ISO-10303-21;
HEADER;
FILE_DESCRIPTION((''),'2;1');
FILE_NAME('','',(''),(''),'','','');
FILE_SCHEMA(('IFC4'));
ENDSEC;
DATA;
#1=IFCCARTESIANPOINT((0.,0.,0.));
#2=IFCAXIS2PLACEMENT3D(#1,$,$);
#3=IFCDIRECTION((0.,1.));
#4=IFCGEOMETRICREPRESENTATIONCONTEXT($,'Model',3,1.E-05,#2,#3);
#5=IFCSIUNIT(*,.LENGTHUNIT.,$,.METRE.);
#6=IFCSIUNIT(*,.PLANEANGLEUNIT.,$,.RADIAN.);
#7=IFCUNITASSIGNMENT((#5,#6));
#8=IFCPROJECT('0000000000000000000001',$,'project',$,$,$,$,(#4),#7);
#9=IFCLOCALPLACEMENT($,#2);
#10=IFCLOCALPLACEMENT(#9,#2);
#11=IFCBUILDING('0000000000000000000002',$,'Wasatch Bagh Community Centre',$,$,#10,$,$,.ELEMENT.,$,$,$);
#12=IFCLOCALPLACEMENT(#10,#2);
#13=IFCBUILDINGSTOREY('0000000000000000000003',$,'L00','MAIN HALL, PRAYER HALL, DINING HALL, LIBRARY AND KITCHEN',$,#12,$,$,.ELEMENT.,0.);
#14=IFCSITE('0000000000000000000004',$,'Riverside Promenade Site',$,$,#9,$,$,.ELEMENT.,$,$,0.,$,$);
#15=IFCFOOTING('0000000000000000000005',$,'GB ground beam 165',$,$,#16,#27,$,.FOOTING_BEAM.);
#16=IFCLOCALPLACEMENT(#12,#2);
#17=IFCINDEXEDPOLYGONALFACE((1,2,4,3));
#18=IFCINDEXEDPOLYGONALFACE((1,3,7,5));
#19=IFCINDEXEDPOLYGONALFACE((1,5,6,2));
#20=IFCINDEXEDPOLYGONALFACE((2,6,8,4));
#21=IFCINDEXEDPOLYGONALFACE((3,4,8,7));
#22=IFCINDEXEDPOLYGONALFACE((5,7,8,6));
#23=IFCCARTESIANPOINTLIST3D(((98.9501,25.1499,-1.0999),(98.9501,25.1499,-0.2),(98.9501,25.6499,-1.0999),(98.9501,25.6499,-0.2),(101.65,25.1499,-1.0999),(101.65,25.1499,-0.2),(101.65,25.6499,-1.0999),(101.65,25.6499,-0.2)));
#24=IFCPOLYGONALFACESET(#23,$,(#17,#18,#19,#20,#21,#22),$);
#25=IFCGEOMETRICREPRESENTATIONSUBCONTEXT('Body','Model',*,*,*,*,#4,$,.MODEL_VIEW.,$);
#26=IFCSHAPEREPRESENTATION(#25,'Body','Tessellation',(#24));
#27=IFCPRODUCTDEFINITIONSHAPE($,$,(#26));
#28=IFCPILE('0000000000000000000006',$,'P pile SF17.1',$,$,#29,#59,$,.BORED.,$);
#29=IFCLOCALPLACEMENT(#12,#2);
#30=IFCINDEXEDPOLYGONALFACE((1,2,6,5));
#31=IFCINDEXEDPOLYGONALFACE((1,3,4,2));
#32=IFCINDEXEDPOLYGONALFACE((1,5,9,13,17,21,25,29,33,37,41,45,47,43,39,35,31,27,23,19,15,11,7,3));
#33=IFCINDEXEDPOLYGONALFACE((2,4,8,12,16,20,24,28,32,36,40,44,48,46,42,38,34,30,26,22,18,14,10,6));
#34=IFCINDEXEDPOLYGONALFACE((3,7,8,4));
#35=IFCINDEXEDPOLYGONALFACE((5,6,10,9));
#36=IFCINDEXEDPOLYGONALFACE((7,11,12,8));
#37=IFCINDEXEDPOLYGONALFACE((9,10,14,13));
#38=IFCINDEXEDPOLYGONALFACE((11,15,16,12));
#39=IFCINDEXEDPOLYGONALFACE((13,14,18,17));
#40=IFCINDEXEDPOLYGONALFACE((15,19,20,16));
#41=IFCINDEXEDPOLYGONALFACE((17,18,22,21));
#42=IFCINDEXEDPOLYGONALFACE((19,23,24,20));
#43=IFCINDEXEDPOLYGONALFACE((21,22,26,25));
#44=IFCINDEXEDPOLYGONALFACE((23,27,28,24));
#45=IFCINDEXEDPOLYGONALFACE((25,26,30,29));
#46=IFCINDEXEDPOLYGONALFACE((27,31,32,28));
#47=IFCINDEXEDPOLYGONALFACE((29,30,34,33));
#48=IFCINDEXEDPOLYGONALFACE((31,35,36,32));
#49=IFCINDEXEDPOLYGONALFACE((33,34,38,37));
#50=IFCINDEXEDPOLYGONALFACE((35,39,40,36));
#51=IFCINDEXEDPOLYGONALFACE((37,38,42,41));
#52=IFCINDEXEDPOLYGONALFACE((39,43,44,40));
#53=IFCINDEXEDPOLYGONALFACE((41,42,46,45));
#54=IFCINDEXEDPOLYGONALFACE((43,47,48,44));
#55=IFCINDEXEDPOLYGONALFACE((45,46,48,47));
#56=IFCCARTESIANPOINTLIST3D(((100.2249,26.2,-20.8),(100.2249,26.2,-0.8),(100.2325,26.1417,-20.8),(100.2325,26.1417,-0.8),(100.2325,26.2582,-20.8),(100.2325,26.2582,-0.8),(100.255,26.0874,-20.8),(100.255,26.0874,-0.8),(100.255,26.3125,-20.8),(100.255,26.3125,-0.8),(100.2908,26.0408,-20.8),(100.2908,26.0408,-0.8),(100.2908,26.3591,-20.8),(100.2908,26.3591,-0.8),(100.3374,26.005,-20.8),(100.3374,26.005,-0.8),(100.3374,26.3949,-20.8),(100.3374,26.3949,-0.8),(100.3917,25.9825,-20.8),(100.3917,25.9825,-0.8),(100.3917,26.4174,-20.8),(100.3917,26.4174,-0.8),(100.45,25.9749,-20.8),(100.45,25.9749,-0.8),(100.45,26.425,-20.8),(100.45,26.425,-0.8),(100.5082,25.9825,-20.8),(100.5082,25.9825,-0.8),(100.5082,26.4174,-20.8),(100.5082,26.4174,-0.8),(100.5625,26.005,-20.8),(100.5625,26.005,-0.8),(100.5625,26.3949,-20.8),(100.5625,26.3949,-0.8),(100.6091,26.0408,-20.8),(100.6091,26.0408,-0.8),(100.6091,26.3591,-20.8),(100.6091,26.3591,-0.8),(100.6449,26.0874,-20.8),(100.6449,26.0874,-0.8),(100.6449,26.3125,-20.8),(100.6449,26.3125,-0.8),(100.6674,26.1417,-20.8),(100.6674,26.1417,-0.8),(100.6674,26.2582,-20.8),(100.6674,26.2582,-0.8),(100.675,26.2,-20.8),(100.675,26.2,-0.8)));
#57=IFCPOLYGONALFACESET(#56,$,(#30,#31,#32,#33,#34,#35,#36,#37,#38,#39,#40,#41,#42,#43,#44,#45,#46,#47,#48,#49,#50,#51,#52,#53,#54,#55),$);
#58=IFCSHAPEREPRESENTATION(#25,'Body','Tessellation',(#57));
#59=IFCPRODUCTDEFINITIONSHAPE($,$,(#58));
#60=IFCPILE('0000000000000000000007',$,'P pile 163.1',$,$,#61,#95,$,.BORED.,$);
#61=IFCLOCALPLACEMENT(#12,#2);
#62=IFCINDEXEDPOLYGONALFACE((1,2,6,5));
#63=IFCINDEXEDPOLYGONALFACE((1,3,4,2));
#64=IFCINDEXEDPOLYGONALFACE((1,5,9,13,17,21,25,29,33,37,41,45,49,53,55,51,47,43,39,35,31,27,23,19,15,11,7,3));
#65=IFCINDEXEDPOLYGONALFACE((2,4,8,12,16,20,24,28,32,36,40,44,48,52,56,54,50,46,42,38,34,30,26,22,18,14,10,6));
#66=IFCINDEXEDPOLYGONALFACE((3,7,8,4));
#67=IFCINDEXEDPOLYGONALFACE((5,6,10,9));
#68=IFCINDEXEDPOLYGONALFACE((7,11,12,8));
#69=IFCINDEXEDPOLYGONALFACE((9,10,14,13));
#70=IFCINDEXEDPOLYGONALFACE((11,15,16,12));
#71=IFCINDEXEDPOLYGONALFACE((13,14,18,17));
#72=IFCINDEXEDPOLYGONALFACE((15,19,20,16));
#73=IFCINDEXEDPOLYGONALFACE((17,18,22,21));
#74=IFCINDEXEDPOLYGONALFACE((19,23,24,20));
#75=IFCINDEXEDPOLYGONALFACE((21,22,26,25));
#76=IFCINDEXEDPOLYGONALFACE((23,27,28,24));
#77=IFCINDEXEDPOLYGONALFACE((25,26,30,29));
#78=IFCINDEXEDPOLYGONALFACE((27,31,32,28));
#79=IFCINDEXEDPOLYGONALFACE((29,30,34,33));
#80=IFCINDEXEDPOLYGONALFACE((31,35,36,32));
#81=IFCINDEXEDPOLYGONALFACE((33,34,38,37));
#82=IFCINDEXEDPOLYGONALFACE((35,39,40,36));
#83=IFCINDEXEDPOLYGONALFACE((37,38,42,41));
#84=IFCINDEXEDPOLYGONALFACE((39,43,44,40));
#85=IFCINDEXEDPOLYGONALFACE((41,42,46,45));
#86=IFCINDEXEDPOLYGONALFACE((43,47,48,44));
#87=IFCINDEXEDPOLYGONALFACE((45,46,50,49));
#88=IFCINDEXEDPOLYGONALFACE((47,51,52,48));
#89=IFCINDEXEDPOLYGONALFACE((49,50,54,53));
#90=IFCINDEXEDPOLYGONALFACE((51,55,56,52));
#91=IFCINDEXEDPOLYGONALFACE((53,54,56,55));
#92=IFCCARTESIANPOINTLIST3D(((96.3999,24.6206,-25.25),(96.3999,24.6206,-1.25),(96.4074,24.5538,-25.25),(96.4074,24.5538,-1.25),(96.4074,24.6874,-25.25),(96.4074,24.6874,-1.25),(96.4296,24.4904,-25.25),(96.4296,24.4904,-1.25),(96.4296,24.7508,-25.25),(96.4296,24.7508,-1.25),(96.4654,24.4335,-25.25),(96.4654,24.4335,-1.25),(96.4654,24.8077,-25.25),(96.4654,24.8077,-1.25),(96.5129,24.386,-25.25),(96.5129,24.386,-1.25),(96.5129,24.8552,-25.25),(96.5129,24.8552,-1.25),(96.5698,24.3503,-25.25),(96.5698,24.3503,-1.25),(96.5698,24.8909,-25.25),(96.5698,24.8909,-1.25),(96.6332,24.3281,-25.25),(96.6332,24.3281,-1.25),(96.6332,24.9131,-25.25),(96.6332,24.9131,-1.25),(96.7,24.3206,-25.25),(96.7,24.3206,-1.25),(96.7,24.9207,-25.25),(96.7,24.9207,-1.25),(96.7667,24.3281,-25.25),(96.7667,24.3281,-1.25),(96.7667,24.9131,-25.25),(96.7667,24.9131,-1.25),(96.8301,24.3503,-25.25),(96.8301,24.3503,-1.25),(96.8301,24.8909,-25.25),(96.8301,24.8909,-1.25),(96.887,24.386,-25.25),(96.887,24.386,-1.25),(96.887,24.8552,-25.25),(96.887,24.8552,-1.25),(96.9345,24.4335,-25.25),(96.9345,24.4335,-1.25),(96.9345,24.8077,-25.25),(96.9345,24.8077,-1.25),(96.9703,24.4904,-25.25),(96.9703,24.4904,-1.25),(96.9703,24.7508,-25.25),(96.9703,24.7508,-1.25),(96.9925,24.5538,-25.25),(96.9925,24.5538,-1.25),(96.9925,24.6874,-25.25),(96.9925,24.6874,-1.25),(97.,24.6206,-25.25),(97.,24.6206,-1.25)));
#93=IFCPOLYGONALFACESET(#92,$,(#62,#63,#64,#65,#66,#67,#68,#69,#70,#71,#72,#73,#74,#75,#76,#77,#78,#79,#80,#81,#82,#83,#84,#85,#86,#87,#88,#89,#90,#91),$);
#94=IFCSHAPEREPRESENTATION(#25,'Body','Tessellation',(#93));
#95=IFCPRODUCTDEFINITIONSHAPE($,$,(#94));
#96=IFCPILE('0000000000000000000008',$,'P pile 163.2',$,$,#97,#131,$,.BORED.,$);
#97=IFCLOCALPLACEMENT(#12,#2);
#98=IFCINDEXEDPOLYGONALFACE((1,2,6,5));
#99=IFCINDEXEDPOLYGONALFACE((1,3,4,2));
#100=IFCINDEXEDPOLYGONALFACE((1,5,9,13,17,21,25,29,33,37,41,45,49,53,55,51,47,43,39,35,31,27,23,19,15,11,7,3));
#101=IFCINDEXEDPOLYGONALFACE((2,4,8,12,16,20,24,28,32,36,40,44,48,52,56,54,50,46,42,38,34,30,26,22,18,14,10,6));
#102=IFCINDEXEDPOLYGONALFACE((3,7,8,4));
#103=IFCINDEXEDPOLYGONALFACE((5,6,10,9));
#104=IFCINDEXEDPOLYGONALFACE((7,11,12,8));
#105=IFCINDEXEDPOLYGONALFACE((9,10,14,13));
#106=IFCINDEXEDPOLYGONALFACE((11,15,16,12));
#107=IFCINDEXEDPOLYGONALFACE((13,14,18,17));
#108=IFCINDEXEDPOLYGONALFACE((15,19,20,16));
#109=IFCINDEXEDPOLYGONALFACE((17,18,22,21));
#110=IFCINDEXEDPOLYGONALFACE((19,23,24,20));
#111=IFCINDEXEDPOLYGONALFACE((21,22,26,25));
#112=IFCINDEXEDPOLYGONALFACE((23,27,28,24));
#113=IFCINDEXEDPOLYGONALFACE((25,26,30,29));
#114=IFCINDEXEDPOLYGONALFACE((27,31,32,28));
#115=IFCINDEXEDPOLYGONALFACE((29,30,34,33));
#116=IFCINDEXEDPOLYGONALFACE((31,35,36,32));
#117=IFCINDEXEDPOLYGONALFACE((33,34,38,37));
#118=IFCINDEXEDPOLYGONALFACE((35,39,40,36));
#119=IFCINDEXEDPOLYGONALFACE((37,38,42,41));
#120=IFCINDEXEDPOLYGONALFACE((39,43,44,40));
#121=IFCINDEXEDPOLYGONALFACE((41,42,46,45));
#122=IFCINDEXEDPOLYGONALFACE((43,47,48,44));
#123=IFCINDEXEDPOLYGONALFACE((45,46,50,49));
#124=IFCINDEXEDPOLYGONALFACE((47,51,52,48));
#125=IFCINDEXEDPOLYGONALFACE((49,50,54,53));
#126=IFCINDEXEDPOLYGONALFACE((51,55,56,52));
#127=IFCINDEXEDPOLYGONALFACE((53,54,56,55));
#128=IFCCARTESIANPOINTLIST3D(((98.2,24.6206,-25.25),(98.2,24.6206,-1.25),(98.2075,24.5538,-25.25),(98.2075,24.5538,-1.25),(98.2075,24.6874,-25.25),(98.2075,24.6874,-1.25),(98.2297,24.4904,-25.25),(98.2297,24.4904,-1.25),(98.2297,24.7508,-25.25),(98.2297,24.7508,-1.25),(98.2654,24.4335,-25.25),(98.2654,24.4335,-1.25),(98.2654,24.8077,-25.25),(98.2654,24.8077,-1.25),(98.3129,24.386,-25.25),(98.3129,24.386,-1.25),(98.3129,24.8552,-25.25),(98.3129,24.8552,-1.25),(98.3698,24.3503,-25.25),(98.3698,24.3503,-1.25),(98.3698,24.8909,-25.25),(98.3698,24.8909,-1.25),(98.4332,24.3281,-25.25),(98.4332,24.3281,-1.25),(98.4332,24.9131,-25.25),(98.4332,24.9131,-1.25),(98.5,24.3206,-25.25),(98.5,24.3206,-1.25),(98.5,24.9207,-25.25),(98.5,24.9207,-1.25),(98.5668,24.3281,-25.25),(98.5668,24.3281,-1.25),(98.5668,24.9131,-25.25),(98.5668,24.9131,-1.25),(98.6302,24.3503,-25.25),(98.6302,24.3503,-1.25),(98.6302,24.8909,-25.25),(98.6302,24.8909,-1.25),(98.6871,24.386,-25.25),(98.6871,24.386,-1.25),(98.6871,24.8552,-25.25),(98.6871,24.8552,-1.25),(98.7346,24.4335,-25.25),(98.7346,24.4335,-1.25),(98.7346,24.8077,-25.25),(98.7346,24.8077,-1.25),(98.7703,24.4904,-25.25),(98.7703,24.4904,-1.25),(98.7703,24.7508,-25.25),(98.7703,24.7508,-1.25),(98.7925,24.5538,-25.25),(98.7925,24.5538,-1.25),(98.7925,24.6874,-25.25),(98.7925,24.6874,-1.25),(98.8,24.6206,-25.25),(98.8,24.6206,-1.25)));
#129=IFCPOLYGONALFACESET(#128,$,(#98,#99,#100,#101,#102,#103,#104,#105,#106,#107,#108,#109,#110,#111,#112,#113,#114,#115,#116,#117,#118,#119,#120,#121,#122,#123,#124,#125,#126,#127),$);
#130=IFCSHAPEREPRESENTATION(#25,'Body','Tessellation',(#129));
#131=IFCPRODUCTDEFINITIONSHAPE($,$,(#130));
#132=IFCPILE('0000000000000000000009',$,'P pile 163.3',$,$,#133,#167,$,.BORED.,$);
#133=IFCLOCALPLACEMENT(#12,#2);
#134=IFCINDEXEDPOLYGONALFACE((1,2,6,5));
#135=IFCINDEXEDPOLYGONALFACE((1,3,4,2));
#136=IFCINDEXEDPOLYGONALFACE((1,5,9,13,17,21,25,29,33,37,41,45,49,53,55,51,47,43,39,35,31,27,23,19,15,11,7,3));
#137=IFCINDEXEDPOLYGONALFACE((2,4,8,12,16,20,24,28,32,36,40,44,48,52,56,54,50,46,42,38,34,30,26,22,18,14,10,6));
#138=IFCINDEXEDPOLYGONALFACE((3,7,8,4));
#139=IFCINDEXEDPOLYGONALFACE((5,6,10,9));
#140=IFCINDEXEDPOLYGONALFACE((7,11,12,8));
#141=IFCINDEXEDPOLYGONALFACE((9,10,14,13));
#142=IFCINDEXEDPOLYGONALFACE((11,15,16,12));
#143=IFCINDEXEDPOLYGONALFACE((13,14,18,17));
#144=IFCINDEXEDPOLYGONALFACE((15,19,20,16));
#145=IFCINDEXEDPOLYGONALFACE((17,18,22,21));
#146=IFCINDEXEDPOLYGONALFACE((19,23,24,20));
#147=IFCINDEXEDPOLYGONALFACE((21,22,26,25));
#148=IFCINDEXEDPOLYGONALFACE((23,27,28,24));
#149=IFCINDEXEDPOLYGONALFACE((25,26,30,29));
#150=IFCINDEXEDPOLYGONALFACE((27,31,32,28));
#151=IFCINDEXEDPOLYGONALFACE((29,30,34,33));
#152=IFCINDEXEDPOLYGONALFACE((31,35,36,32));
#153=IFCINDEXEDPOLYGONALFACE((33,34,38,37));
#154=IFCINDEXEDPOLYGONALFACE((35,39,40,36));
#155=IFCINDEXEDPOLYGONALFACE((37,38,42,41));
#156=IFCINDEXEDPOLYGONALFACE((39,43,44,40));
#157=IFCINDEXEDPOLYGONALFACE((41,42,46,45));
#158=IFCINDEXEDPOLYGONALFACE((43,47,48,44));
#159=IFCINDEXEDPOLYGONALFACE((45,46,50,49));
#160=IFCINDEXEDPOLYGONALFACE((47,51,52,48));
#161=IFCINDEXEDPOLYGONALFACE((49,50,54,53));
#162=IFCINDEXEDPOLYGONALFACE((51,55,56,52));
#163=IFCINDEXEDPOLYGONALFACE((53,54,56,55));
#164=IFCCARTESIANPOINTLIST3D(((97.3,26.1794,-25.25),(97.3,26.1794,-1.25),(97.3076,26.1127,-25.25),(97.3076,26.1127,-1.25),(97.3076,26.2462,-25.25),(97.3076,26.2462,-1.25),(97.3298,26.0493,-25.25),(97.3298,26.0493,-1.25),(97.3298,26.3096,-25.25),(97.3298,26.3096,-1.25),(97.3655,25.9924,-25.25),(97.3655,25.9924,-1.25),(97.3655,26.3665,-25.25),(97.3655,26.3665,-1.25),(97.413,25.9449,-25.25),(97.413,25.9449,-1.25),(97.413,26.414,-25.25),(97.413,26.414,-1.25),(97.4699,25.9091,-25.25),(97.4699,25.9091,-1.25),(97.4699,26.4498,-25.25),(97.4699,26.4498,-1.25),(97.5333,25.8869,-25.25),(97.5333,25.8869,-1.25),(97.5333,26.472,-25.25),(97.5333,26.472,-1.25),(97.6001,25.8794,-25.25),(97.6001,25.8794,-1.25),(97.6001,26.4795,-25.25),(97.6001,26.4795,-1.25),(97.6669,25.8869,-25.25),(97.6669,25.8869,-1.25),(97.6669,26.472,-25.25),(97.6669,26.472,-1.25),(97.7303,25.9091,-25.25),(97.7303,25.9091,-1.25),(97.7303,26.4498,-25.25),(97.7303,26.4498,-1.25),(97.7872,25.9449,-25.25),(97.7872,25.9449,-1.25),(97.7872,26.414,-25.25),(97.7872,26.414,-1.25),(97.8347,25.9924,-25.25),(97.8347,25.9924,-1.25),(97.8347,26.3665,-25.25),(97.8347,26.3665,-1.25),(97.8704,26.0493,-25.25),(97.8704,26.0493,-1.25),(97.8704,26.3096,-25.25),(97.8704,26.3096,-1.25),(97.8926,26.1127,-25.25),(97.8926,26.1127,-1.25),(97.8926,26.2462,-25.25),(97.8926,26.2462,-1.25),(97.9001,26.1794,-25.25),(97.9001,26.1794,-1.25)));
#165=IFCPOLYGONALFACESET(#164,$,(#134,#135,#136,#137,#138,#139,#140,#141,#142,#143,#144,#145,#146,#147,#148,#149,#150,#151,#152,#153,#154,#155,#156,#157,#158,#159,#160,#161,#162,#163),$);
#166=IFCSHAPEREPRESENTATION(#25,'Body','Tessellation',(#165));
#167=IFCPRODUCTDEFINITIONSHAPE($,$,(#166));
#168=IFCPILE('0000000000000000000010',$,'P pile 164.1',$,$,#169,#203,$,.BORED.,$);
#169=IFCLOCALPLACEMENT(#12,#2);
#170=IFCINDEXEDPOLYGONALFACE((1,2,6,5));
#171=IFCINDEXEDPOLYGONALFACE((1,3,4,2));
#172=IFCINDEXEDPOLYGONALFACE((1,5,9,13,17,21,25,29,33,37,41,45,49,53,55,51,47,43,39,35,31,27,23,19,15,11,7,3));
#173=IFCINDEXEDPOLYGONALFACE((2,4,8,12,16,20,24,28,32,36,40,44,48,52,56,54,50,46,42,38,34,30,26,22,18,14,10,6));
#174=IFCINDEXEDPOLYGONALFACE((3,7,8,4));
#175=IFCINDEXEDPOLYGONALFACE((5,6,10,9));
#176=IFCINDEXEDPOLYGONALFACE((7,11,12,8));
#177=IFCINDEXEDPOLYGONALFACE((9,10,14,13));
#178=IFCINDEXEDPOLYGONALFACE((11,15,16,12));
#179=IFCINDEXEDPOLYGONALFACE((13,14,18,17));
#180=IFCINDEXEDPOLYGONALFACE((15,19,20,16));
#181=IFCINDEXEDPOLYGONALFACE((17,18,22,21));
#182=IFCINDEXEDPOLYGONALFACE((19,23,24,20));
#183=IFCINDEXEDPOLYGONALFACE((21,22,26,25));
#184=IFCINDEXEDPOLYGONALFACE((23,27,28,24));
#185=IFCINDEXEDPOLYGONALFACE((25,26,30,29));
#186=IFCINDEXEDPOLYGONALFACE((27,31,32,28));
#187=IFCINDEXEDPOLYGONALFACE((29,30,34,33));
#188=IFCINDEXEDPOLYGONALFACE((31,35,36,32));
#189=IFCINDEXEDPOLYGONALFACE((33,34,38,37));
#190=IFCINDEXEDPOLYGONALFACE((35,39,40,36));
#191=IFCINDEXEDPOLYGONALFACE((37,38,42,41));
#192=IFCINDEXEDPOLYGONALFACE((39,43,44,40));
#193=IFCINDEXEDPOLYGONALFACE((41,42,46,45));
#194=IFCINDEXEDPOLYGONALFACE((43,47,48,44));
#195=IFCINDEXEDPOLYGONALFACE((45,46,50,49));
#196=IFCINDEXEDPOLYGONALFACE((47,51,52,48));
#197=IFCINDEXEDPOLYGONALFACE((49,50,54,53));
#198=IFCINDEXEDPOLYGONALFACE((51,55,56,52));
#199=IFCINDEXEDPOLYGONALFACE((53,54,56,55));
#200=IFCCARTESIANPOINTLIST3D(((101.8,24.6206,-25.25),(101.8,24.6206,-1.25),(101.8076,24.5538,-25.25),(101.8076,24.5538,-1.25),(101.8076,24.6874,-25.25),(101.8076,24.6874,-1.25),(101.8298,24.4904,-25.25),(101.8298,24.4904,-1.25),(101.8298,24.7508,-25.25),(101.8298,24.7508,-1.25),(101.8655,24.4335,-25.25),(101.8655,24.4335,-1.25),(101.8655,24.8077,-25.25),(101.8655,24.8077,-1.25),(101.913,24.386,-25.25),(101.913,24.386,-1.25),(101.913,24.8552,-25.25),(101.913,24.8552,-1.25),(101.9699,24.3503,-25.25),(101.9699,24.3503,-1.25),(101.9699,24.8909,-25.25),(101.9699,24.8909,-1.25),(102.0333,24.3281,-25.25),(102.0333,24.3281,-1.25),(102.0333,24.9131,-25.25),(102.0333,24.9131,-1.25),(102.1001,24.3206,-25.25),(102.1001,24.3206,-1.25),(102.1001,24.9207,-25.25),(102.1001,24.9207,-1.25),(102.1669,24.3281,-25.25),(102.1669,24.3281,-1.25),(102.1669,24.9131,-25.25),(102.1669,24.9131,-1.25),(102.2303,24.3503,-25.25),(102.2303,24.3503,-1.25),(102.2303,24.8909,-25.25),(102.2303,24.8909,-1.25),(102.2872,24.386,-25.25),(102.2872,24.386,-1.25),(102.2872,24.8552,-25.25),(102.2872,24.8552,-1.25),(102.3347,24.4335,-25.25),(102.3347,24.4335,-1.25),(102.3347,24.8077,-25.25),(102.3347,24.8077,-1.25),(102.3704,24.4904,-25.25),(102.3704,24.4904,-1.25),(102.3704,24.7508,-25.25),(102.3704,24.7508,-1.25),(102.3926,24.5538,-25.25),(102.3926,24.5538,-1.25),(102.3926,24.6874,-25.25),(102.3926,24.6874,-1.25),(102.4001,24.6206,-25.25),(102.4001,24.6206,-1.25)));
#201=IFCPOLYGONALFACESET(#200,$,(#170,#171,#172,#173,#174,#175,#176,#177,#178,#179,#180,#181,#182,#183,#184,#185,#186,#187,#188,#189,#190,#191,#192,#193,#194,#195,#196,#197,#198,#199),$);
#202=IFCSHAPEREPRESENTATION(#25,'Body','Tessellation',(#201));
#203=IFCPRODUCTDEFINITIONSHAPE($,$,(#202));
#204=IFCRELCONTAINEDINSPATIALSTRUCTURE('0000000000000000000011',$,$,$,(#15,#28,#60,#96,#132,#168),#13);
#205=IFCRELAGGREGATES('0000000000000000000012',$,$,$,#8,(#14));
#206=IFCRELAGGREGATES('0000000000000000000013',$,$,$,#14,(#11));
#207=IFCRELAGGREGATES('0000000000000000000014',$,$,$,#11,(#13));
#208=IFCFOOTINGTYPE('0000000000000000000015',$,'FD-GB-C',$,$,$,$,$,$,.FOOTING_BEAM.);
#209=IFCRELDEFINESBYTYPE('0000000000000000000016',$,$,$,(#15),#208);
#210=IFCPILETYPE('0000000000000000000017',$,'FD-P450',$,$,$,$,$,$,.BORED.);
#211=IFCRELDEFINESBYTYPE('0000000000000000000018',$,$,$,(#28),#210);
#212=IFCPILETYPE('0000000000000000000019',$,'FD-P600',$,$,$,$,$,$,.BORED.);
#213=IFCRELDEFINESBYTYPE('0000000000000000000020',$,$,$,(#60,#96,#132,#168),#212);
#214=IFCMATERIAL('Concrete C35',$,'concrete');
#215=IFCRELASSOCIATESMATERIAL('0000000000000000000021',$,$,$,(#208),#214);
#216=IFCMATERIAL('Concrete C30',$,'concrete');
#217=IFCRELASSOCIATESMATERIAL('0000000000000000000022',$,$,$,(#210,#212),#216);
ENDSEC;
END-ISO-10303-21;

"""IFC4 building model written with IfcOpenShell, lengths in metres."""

from ifc_helpers import new_model, si_unit, direction, frame, origin, origin_2d, place, context, subcontext, project, spatial, rectangle, circle, extrude, material, material_profile, profile_set, type_object, element, save


model = new_model("IFC4")

# Units and contexts
model_context = context("Model", 3, precision=1e-05, world=origin(), true_north=direction((0.0, 1.0)))
body_context = subcontext(model_context, "Body", "Model", "MODEL_VIEW")
ifc_project = project(units=[si_unit("LENGTHUNIT", "METRE"), si_unit("PLANEANGLEUNIT", "RADIAN")], contexts=[model_context])

# Site, building, storey
site_placement = place(None, origin())
site = spatial("IfcSite", under=ifc_project, at=site_placement, Name="Riverside Promenade Site", CompositionType="ELEMENT", RefElevation=0.0)
building_placement = place(site_placement, origin())
building = spatial("IfcBuilding", under=site, at=building_placement, Name="Wasatch Bagh Community Centre", CompositionType="ELEMENT")
storey_placement = place(building_placement, origin())
storey = spatial("IfcBuildingStorey", under=building, at=storey_placement, Name="L00", Description="MAIN HALL, PRAYER HALL, DINING HALL, LIBRARY AND KITCHEN", CompositionType="ELEMENT", Elevation=0.0)

# Footing
ifc_material_1 = material(Name="Concrete C35", Category="concrete")
footing_type_1 = type_object("IfcFootingType", Name="FD-GB-C", PredefinedType="FOOTING_BEAM", material=ifc_material_1)
footing_1_placement = place(storey_placement, frame((100.3, 25.3999, -1.0999), z_axis=(0.0, 0.0, 1.0), x_axis=(-1.0, 0.0, 0.0)))
element("IfcFooting", 1, at=footing_1_placement, inside=storey, type_object=footing_type_1, Name="GB ground beam 165", PredefinedType="FOOTING_BEAM", context=body_context, shape_type="SweptSolid", body=[
    extrude(rectangle(XDim=2.7, YDim=0.5, at=origin_2d()), origin(), (0.0, 0.0, 1.0), 0.8999),
])

# Piles
ifc_material_2 = material(Name="Concrete C30", Category="concrete")
ifc_material_profile_1 = material_profile(ifc_material_2, circle(Radius=0.2251, at=origin_2d()), Name="RC D450")
ifc_profile_set_1 = profile_set([ifc_material_profile_1], Name="Concrete C30")
pile_type_1 = type_object("IfcPileType", Name="FD-P450", PredefinedType="BORED", material=ifc_profile_set_1)
pile_placement = place(storey_placement, frame((100.45, 26.2, -0.8), z_axis=(0.0, 0.0, -1.0), x_axis=(1.0, 0.0, 0.0)))
element("IfcPile", 2, at=pile_placement, inside=storey, type_object=pile_type_1, Name="P pile SF17.1", PredefinedType="BORED", context=body_context, shape_type="SweptSolid", body=[
    extrude(circle(Radius=0.2251, at=origin_2d()), origin(), (0.0, 0.0, 1.0), 20.0),
])
ifc_material_profile_2 = material_profile(ifc_material_2, circle(Radius=0.3, at=origin_2d()), Name="RC D600")
ifc_profile_set_2 = profile_set([ifc_material_profile_2], Name="Concrete C30")
pile_type_2 = type_object("IfcPileType", Name="FD-P600", PredefinedType="BORED", material=ifc_profile_set_2)
for number, where, z_axis, x_axis, name in (
    (3, (96.7, 24.6206, -1.25), (0.0, 0.0, -1.0), (1.0, 0.0, 0.0), "P pile 163.1"),
    (4, (98.5, 24.6206, -1.25), (0.0, 0.0, -1.0), (1.0, 0.0, 0.0), "P pile 163.2"),
    (5, (97.6001, 26.1794, -1.25), (0.0, 0.0, -1.0), (1.0, 0.0, 0.0), "P pile 163.3"),
    (6, (102.1001, 24.6206, -1.25), (0.0, 0.0, -1.0), (1.0, 0.0, 0.0), "P pile 164.1"),
):
    element("IfcPile", number, at=place(storey_placement, frame(where, z_axis=z_axis, x_axis=x_axis)), inside=storey, type_object=pile_type_2, Name=name, PredefinedType="BORED", context=body_context, shape_type="SweptSolid", body=[
        extrude(circle(Radius=0.3, at=origin_2d()), origin(), (0.0, 0.0, 1.0), 24.0),
    ])

save(model, "model.ifc")
